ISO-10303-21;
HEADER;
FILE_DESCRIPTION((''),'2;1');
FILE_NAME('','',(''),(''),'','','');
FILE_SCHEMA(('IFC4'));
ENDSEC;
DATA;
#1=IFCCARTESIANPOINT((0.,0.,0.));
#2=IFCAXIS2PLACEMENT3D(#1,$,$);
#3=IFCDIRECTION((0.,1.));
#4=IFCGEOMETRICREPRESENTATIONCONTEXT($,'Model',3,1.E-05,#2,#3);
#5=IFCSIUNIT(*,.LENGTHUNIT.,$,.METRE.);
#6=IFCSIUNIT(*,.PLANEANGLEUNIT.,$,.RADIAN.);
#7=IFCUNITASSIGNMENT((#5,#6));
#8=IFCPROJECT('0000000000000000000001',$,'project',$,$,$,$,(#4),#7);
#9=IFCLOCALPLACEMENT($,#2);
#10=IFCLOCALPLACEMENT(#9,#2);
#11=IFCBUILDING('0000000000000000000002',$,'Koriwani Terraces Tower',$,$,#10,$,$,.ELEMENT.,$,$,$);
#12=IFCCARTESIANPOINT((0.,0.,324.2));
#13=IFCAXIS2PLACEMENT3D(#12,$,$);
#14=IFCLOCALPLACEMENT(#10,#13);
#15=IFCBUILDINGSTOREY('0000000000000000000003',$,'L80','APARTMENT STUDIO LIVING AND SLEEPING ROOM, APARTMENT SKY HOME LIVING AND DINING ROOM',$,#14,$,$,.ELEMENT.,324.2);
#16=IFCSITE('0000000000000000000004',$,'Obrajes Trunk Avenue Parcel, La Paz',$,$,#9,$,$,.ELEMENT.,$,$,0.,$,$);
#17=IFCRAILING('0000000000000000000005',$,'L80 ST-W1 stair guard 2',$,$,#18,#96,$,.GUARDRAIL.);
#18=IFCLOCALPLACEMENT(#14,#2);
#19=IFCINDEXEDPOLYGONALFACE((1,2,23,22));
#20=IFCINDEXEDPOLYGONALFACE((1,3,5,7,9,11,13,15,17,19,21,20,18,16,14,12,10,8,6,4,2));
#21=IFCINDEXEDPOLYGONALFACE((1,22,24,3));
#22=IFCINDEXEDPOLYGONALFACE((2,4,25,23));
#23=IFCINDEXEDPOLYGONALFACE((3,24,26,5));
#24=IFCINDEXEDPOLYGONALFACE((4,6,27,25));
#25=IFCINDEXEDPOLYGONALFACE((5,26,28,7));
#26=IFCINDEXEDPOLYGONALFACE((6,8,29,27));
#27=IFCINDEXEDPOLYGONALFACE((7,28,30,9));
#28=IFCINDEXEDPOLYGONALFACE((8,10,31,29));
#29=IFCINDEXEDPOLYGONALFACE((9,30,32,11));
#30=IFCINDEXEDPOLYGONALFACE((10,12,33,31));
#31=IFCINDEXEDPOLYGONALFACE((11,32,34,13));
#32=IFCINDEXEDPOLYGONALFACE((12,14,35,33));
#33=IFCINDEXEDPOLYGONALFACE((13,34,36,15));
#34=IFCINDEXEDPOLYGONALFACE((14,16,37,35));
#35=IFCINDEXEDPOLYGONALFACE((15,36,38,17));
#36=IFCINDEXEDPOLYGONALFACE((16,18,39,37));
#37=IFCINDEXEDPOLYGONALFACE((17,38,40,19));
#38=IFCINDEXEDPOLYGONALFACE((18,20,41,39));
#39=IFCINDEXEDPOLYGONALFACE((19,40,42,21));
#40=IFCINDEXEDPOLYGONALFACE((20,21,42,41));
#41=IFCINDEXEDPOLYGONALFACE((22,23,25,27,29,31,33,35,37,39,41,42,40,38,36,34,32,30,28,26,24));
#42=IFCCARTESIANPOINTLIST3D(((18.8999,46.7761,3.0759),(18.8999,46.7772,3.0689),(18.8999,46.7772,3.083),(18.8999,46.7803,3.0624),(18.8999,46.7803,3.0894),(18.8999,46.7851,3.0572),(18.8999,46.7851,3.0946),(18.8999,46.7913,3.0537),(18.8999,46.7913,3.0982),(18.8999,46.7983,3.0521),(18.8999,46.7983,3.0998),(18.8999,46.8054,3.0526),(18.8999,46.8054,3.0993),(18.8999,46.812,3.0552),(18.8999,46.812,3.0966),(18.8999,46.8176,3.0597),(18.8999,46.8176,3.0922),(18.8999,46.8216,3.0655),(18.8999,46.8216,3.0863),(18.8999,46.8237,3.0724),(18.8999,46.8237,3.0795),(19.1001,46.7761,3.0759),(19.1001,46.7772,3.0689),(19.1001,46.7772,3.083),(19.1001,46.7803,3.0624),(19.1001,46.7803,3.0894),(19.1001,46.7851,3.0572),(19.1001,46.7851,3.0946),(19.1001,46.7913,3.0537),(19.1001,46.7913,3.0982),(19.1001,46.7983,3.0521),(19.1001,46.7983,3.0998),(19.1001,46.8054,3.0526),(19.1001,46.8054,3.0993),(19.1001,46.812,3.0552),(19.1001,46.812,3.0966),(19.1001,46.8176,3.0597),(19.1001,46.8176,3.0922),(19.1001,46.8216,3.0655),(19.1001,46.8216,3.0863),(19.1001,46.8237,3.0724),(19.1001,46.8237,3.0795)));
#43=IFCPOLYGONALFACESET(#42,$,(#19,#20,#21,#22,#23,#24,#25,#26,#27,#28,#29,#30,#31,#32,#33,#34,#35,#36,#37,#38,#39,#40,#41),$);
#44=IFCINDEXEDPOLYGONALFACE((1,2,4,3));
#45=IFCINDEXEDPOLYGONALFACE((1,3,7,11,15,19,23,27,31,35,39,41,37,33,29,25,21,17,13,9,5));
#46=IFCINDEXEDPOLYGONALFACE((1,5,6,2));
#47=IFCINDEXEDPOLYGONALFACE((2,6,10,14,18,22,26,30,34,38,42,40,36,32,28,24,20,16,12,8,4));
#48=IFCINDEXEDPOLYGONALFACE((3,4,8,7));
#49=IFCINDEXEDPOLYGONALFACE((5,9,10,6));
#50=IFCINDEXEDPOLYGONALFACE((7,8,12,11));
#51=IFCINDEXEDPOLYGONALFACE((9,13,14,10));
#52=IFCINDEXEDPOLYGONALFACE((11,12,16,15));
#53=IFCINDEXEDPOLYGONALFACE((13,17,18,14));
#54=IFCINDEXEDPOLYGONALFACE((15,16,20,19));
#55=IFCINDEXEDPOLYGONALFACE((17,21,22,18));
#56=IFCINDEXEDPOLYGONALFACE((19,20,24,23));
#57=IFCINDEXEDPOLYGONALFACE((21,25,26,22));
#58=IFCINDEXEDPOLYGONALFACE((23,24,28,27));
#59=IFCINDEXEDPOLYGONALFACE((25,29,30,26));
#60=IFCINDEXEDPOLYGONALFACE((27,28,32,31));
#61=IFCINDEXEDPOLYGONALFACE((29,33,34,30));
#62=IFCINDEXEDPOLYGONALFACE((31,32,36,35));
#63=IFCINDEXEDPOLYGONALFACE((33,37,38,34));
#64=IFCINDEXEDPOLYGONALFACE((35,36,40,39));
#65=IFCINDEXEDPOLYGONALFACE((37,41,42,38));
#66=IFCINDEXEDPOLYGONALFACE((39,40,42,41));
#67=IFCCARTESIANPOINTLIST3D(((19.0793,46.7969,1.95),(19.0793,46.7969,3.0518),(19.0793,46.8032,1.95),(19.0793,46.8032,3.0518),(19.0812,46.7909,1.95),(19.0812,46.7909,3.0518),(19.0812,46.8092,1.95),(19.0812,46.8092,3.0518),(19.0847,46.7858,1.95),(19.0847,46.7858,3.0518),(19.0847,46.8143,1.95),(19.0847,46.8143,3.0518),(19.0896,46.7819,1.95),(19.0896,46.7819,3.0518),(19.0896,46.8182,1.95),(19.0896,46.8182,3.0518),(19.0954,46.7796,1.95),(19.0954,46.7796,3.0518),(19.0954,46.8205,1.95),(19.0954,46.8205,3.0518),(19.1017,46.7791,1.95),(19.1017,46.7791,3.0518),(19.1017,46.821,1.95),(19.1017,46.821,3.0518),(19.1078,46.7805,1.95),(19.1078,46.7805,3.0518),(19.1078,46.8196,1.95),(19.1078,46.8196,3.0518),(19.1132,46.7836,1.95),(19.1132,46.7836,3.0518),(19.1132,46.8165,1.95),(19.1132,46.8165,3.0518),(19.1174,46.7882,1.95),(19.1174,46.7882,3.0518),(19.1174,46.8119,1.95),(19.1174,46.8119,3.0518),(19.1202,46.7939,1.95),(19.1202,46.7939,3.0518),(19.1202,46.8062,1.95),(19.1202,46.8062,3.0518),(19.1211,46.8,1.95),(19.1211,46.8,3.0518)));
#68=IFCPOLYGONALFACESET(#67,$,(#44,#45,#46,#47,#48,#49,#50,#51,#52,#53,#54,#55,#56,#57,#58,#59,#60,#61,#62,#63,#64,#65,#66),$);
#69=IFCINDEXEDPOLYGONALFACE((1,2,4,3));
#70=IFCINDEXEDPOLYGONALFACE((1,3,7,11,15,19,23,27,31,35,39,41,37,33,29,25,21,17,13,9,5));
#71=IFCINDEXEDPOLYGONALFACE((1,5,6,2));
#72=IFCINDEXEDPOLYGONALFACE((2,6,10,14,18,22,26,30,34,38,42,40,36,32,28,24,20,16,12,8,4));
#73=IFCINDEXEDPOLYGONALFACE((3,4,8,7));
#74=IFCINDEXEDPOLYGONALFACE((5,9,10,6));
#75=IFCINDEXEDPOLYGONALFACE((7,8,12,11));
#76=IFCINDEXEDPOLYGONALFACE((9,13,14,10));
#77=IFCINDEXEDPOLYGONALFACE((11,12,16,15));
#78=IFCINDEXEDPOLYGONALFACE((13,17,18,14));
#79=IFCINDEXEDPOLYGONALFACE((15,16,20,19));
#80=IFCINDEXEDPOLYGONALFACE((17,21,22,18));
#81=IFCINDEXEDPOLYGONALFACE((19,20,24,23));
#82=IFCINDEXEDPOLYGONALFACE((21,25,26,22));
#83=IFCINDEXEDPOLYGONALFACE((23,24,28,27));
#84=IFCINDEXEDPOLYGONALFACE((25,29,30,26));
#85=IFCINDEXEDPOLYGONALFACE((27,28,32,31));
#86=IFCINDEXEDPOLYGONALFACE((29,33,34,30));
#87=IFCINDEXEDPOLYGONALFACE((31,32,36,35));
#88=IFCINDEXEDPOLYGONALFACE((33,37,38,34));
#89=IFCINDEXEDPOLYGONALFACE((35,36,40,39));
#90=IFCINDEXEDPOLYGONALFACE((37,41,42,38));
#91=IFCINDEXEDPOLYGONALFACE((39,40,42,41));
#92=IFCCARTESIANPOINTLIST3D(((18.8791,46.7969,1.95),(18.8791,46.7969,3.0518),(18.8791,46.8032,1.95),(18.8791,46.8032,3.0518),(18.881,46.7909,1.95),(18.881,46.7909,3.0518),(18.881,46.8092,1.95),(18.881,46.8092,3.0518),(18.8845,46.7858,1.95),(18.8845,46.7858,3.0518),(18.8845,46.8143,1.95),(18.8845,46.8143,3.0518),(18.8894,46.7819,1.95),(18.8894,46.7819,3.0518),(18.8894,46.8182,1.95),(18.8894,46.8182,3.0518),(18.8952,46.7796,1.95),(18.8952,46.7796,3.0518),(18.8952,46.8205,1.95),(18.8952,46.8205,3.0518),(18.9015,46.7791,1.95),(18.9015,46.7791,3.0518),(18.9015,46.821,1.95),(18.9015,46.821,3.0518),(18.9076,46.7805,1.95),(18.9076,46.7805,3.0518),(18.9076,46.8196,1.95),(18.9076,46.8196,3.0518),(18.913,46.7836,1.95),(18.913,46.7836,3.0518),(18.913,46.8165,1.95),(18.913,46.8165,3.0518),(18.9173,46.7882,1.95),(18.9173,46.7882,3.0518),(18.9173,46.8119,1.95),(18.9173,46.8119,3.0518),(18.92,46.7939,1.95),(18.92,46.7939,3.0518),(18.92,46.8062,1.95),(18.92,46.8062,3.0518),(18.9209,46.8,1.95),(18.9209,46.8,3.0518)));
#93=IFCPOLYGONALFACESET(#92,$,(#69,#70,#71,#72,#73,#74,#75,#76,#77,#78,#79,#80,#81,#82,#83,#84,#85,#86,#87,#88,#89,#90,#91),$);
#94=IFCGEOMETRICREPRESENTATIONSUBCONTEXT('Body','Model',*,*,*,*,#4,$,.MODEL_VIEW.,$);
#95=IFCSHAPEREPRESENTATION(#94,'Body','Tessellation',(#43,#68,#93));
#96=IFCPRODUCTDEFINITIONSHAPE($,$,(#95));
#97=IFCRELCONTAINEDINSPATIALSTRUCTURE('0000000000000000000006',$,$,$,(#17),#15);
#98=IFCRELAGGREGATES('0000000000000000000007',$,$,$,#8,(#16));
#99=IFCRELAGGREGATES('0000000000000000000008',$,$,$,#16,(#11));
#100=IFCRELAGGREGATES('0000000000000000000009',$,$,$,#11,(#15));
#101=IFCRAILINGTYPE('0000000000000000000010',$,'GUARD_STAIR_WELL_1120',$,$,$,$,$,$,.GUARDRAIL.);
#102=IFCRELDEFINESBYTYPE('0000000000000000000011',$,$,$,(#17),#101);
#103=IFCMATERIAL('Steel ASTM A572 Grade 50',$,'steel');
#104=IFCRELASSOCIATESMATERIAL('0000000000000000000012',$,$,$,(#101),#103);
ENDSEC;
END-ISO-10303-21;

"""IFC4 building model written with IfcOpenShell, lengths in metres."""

from ifc_helpers import new_model, si_unit, direction, frame, origin, origin_2d, place, context, subcontext, project, spatial, circle, extrude, material, type_object, element, save


model = new_model("IFC4")

# Units and contexts
model_context = context("Model", 3, precision=1e-05, world=origin(), true_north=direction((0.0, 1.0)))
body_context = subcontext(model_context, "Body", "Model", "MODEL_VIEW")
ifc_project = project(units=[si_unit("LENGTHUNIT", "METRE"), si_unit("PLANEANGLEUNIT", "RADIAN")], contexts=[model_context])

# Site, building, storey
site_placement = place(None, origin())
site = spatial("IfcSite", under=ifc_project, at=site_placement, Name="Obrajes Trunk Avenue Parcel, La Paz", CompositionType="ELEMENT", RefElevation=0.0)
building_placement = place(site_placement, origin())
building = spatial("IfcBuilding", under=site, at=building_placement, Name="Koriwani Terraces Tower", CompositionType="ELEMENT")
storey_placement = place(building_placement, frame((0.0, 0.0, 324.2)))
storey = spatial("IfcBuildingStorey", under=building, at=storey_placement, Name="L80", Description="APARTMENT STUDIO LIVING AND SLEEPING ROOM, APARTMENT SKY HOME LIVING AND DINING ROOM", CompositionType="ELEMENT", Elevation=324.2)

# Shared definitions
ifc_material_1 = material(Name="Steel ASTM A572 Grade 50", Category="steel")

# Railing
railing_type_1 = type_object("IfcRailingType", Name="GUARD_STAIR_WELL_1120", PredefinedType="GUARDRAIL", material=ifc_material_1)
railing_1_placement = place(storey_placement, frame((19.1001, 46.8, 1.95)))
element("IfcRailing", 1, at=railing_1_placement, inside=storey, type_object=railing_type_1, Name="L80 ST-W1 stair guard 2", PredefinedType="GUARDRAIL", context=body_context, shape_type="SweptSolid", body=[
    extrude(circle(Radius=0.0239, at=origin_2d()), frame((0.0, 0.0, 1.126), z_axis=(-1.0, 0.0, 0.0), x_axis=(0.0, -1.0, 0.0)), (0.0, 0.0, 1.0), 0.2002),
    extrude(circle(Radius=0.021, at=origin_2d()), origin(), (0.0, 0.0, 1.0), 1.1018),
    extrude(circle(Radius=0.021, at=origin_2d()), frame((-0.2002, 0.0, 0.0)), (0.0, 0.0, 1.0), 1.1018),
])

save(model, "model.ifc")
